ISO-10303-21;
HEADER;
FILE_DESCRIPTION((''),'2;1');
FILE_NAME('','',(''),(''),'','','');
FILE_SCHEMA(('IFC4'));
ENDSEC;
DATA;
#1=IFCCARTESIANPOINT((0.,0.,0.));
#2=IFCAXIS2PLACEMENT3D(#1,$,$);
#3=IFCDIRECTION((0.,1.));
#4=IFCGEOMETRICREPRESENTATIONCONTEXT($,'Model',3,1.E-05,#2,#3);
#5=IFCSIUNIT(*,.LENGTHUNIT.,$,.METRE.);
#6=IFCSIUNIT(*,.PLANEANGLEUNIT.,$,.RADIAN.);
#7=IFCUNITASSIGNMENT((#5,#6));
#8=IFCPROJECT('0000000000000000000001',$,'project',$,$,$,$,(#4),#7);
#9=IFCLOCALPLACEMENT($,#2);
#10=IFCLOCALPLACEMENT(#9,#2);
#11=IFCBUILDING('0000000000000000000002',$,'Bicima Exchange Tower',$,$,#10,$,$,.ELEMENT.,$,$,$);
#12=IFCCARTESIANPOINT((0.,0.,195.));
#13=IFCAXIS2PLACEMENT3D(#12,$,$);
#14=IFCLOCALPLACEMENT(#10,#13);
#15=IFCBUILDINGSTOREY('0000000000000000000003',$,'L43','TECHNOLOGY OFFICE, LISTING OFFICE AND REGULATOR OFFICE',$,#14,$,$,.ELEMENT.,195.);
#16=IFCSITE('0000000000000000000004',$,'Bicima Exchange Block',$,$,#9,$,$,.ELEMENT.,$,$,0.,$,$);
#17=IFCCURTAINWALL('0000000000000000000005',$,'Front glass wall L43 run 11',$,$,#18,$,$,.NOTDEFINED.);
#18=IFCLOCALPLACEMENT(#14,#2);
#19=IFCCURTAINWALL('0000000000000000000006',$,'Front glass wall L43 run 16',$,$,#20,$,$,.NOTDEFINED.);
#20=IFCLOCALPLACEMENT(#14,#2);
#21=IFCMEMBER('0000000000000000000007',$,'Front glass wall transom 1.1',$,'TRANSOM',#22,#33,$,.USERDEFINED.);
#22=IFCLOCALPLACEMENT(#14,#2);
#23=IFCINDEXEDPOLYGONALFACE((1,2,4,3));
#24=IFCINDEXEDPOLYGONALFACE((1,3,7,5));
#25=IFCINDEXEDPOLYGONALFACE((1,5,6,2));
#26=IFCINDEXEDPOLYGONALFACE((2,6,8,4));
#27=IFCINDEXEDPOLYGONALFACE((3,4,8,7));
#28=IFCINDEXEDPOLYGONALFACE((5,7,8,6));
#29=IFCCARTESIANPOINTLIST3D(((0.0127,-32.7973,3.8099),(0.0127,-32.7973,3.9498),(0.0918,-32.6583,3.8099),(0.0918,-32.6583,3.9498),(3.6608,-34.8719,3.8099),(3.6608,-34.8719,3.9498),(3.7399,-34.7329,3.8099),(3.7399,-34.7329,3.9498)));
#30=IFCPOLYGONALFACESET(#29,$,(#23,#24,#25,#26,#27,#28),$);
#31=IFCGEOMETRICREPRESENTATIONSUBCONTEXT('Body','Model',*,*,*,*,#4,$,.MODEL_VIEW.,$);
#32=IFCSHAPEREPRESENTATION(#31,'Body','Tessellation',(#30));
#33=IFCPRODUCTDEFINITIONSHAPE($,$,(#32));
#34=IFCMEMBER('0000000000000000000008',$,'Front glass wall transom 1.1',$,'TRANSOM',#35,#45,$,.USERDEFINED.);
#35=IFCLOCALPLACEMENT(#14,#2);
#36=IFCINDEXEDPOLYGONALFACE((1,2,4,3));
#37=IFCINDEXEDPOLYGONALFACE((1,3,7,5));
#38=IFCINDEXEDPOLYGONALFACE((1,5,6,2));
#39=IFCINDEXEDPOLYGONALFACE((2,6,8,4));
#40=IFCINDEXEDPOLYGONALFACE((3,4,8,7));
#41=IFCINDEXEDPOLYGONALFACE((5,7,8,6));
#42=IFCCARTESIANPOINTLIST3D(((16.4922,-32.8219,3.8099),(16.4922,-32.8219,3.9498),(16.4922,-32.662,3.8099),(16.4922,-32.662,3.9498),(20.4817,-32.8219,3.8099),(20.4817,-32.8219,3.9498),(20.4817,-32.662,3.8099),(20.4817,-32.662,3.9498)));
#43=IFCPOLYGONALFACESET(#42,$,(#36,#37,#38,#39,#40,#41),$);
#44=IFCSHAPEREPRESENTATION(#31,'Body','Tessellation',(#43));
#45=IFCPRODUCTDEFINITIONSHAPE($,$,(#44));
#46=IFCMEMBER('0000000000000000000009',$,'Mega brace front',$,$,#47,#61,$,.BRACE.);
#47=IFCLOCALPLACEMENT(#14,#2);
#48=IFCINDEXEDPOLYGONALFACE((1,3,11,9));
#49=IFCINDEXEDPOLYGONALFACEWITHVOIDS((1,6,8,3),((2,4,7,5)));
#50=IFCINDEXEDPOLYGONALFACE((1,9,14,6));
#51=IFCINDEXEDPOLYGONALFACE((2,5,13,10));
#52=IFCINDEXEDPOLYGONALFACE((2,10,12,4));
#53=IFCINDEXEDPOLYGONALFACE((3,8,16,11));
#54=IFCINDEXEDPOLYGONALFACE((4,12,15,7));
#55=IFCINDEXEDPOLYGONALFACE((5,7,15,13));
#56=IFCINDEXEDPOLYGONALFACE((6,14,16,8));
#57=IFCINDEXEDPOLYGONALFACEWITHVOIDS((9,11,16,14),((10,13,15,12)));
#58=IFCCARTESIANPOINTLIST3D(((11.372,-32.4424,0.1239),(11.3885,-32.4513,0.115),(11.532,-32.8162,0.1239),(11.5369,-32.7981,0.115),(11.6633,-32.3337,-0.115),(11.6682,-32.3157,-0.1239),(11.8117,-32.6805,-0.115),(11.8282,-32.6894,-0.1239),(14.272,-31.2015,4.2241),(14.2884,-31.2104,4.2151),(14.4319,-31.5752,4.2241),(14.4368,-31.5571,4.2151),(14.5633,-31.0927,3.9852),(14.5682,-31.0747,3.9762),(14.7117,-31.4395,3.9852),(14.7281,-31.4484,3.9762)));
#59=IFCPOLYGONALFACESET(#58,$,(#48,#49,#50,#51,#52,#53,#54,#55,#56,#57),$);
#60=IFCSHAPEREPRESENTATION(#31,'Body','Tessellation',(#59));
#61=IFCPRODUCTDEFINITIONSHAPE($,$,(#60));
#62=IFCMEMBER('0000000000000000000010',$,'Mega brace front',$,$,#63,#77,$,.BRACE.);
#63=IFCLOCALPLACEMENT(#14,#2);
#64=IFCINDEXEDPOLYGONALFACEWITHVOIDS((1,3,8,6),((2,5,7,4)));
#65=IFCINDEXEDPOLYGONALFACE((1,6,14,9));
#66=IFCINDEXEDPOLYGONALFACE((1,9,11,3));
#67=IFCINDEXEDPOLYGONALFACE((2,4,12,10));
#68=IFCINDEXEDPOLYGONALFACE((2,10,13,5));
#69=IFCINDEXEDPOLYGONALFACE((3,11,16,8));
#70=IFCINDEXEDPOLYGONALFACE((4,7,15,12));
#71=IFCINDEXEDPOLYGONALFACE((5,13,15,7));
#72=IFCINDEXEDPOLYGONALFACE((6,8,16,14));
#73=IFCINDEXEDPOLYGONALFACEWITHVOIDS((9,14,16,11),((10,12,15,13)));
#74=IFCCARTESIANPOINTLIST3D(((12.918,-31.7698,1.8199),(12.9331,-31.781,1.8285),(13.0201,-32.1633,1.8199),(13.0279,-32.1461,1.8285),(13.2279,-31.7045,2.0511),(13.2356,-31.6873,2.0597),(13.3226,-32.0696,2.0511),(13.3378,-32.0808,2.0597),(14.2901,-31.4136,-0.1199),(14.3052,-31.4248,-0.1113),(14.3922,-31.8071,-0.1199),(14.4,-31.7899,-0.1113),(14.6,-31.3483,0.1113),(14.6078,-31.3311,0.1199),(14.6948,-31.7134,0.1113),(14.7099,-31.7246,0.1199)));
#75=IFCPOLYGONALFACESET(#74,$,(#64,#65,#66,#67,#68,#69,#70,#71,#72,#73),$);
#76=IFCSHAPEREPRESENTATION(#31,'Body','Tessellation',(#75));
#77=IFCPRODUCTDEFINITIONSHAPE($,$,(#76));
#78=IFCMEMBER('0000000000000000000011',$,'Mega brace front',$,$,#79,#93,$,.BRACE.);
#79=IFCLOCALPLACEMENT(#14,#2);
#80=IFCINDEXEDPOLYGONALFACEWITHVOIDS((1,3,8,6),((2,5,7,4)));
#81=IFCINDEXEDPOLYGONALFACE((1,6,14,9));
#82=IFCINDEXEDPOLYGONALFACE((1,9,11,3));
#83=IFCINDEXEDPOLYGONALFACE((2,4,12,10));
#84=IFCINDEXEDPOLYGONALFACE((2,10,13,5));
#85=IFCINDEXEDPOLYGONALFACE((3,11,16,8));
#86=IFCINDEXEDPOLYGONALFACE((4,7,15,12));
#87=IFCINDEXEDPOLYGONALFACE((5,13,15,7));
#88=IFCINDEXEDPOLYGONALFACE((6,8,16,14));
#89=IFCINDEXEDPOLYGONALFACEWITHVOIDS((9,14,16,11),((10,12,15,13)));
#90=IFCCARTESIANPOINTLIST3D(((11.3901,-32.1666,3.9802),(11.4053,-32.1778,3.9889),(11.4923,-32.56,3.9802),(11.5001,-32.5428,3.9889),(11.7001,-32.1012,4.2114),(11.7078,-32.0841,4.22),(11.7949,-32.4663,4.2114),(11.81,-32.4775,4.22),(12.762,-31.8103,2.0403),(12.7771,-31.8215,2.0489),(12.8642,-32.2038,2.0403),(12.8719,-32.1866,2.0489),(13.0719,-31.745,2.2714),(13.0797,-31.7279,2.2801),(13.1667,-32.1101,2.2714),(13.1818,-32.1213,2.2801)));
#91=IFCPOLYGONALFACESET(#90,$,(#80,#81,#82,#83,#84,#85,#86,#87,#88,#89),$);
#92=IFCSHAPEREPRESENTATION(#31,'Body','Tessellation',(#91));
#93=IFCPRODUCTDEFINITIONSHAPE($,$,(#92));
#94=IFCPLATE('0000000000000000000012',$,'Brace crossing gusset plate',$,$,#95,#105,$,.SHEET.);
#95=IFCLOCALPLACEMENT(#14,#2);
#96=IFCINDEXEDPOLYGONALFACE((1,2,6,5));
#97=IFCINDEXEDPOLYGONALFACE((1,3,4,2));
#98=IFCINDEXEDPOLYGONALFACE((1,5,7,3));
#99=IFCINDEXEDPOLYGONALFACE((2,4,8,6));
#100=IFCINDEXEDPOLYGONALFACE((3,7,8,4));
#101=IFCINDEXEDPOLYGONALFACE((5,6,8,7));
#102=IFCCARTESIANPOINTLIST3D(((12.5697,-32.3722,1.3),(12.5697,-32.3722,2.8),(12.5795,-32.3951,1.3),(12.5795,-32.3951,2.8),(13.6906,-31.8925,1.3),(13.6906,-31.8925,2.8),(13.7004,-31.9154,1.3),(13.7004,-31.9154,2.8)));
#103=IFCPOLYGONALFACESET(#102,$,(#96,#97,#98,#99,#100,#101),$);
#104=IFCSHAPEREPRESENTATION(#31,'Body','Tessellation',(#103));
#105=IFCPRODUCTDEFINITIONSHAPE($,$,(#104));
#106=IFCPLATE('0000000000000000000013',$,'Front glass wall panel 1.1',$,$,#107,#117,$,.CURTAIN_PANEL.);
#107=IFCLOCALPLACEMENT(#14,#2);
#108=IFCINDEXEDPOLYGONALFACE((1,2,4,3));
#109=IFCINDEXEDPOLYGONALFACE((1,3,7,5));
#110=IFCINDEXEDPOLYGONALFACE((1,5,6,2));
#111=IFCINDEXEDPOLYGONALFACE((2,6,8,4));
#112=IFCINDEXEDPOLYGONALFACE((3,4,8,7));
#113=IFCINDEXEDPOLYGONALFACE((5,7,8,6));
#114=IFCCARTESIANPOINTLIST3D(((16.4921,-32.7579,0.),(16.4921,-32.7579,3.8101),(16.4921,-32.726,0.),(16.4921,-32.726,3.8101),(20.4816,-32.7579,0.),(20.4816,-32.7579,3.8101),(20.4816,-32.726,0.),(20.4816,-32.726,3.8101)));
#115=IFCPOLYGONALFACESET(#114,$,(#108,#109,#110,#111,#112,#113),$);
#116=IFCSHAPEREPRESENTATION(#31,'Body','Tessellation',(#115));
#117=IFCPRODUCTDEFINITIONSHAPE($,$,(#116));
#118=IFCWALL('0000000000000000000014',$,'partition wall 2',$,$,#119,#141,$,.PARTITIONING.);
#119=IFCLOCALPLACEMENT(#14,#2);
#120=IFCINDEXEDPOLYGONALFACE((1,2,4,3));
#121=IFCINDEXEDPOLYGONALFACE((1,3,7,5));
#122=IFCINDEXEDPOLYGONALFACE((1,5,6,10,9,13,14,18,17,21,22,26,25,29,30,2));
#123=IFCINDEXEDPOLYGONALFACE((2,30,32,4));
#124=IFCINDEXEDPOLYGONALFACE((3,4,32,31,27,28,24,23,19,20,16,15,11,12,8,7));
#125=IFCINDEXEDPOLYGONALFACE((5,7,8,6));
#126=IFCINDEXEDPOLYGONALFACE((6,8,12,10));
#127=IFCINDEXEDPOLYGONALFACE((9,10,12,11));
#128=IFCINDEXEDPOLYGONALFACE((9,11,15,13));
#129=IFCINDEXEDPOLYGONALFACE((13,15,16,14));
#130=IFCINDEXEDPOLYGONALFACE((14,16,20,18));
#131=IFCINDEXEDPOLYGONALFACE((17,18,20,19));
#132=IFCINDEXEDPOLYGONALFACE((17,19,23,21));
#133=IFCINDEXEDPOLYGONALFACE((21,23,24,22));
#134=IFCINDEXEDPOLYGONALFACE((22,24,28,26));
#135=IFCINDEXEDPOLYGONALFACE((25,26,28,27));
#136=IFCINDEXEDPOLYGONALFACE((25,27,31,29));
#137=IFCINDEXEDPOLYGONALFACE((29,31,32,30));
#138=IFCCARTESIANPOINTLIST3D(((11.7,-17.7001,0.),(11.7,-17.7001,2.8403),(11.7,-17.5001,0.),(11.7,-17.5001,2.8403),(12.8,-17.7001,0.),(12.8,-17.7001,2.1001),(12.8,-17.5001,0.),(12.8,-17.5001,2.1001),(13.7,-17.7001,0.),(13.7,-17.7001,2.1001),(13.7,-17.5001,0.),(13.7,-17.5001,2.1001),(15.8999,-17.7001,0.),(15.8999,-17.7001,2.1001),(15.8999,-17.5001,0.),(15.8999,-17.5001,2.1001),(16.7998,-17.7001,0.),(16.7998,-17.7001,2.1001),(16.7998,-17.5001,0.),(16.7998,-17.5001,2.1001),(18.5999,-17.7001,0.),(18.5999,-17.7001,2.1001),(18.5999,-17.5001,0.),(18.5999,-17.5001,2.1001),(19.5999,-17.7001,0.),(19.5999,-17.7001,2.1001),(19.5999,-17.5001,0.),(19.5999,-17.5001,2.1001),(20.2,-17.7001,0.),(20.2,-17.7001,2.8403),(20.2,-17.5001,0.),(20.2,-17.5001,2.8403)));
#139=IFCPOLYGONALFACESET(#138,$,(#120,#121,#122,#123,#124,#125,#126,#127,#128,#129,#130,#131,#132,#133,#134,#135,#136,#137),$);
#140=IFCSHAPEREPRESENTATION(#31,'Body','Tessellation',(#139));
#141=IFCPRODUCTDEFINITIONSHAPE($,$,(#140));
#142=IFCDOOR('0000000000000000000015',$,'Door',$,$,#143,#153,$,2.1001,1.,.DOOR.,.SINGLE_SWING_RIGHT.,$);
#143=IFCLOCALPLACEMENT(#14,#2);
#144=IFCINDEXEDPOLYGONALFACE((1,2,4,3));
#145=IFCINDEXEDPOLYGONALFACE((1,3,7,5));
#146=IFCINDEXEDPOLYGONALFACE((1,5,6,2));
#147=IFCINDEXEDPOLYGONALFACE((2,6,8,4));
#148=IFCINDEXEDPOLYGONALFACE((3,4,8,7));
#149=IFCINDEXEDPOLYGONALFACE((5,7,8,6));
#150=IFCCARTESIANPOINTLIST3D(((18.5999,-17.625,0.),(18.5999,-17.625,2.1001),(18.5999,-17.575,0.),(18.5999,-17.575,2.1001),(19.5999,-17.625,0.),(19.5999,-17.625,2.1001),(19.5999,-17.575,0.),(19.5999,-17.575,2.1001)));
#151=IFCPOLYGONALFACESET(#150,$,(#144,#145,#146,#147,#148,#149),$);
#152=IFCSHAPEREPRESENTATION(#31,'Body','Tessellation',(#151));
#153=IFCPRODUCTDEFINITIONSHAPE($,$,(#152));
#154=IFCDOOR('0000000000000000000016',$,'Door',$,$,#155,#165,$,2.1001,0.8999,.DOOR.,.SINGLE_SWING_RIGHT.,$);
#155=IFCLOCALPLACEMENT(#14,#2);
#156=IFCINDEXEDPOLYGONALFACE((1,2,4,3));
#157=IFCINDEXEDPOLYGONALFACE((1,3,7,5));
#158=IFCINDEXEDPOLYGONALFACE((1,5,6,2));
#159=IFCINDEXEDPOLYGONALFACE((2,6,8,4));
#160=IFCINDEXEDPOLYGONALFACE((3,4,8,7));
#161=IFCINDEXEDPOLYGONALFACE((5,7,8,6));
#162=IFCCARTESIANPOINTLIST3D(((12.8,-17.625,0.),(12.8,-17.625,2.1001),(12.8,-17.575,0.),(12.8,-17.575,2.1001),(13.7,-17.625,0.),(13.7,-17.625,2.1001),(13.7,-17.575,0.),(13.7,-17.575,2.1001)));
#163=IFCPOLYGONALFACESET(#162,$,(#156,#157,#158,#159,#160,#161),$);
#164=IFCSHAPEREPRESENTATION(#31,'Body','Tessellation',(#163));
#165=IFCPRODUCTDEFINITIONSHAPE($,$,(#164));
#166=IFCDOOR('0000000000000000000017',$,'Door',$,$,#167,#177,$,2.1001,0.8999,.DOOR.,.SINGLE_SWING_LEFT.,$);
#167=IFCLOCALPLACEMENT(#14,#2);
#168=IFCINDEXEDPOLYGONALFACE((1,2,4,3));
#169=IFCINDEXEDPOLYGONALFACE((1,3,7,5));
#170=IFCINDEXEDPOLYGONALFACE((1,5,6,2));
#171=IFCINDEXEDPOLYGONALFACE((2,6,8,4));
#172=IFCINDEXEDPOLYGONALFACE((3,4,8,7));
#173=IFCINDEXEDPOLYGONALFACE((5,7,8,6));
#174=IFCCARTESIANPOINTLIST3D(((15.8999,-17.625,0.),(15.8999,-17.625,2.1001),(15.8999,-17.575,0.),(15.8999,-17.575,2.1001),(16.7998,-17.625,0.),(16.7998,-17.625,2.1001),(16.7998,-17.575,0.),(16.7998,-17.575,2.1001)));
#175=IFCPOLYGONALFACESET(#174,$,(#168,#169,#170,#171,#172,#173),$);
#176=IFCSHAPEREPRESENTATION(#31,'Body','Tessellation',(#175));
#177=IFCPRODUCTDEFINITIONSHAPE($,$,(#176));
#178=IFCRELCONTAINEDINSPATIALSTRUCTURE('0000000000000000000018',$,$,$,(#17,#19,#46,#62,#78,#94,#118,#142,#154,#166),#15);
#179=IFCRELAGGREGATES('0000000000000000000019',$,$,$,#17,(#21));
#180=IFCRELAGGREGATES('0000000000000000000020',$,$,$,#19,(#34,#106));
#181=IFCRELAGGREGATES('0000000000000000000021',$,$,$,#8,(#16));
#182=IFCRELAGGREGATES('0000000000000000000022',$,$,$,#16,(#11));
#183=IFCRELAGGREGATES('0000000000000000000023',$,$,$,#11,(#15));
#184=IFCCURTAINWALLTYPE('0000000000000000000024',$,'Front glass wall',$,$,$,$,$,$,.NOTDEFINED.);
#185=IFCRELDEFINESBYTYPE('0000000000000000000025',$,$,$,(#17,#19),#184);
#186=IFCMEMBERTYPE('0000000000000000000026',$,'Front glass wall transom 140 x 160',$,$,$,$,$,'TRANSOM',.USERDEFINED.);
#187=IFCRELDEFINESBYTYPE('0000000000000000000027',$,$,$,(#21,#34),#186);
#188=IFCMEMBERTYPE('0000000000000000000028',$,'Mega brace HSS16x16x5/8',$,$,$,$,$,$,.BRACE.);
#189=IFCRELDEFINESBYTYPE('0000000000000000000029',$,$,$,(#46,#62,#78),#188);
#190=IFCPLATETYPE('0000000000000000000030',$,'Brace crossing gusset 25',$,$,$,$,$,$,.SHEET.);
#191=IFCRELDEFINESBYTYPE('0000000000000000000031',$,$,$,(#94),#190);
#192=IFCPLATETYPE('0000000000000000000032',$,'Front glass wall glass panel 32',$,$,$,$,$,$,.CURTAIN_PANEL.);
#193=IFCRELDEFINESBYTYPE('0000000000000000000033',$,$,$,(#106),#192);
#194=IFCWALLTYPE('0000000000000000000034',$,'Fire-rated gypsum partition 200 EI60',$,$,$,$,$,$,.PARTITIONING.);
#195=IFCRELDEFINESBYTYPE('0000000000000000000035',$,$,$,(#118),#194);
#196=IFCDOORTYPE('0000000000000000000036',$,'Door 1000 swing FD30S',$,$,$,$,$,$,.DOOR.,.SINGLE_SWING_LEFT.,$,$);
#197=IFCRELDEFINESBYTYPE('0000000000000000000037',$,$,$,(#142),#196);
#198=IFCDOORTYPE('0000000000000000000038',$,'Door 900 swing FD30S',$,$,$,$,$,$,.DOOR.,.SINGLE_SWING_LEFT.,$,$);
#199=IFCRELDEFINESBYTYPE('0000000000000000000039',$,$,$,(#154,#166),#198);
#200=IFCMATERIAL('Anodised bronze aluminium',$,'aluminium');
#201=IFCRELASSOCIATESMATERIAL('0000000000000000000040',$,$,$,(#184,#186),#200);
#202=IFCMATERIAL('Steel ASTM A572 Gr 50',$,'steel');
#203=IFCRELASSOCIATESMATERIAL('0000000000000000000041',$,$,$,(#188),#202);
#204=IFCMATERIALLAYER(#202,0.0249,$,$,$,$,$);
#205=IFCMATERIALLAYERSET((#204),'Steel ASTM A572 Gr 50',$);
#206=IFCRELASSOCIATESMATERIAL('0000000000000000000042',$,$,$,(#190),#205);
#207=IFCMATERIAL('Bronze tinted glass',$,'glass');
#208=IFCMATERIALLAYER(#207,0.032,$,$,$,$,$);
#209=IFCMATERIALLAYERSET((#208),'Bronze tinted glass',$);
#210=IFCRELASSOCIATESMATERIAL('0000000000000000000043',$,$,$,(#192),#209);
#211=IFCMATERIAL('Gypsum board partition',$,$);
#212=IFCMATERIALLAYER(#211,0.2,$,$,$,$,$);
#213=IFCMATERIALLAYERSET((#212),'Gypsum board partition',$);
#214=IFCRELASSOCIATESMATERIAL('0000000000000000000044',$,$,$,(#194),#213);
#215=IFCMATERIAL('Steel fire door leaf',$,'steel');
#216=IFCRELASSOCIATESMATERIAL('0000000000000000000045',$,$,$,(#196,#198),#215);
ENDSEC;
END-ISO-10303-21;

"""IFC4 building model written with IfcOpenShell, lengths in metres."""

from ifc_helpers import new_model, si_unit, direction, frame, frame_2d, origin, origin_2d, place, context, subcontext, project, spatial, rectangle, hollow_rectangle, extrude, material, layer, layer_set, material_profile, profile_set, type_object, element, fill, aggregate, save


model = new_model("IFC4")

# Units and contexts
model_context = context("Model", 3, precision=1e-05, world=origin(), true_north=direction((0.0, 1.0)))
body_context = subcontext(model_context, "Body", "Model", "MODEL_VIEW")
ifc_project = project(units=[si_unit("LENGTHUNIT", "METRE"), si_unit("PLANEANGLEUNIT", "RADIAN")], contexts=[model_context])

# Site, building, storey
site_placement = place(None, origin())
site = spatial("IfcSite", under=ifc_project, at=site_placement, Name="Bicima Exchange Block", CompositionType="ELEMENT", RefElevation=0.0)
building_placement = place(site_placement, origin())
building = spatial("IfcBuilding", under=site, at=building_placement, Name="Bicima Exchange Tower", CompositionType="ELEMENT")
storey_placement = place(building_placement, frame((0.0, 0.0, 195.0)))
storey = spatial("IfcBuildingStorey", under=building, at=storey_placement, Name="L43", Description="TECHNOLOGY OFFICE, LISTING OFFICE AND REGULATOR OFFICE", CompositionType="ELEMENT", Elevation=195.0)

# Curtain wall
ifc_material_1 = material(Name="Anodised bronze aluminium", Category="aluminium")
curtain_wall_type = type_object("IfcCurtainWallType", Name="Front glass wall", PredefinedType="NOTDEFINED", material=ifc_material_1)
curtain_wall_1_placement = place(storey_placement, origin())
curtain_wall_1 = element("IfcCurtainWall", 1, at=curtain_wall_1_placement, inside=storey, type_object=curtain_wall_type, Name="Front glass wall L43 run 11", PredefinedType="NOTDEFINED")

# Curtain wall
curtain_wall_2_placement = place(storey_placement, origin())
curtain_wall_2 = element("IfcCurtainWall", 2, at=curtain_wall_2_placement, inside=storey, type_object=curtain_wall_type, Name="Front glass wall L43 run 16", PredefinedType="NOTDEFINED")

# Members
ifc_material_profile_1 = material_profile(ifc_material_1, rectangle(XDim=0.1599, YDim=0.1399, at=origin_2d()))
ifc_profile_set_1 = profile_set([ifc_material_profile_1], Name="Anodised bronze aluminium")
member_type_1 = type_object("IfcMemberType", Name="Front glass wall transom 140 x 160", ElementType="TRANSOM", PredefinedType="USERDEFINED", material=ifc_profile_set_1)
member_1_placement = place(storey_placement, frame((0.0522, -32.7278, 3.8799), z_axis=(0.869265, -0.494346, 0.0), x_axis=(0.494346, 0.869265, 0.0)))
member_1 = element("IfcMember", 3, at=member_1_placement, type_object=member_type_1, Name="Front glass wall transom 1.1", ObjectType="TRANSOM", PredefinedType="USERDEFINED", context=body_context, shape_type="SweptSolid", body=[
    extrude(rectangle(XDim=0.1599, YDim=0.1399, at=origin_2d()), origin(), (0.0, 0.0, 1.0), 4.1968),
])
aggregate(curtain_wall_1, [member_1])
member_2_placement = place(storey_placement, frame((16.4922, -32.7419, 3.8799), z_axis=(1.0, 0.0, 0.0), x_axis=(0.0, 1.0, 0.0)))
member_2 = element("IfcMember", 4, at=member_2_placement, type_object=member_type_1, Name="Front glass wall transom 1.1", ObjectType="TRANSOM", PredefinedType="USERDEFINED", context=body_context, shape_type="SweptSolid", body=[
    extrude(rectangle(XDim=0.1599, YDim=0.1399, at=origin_2d()), origin(), (0.0, 0.0, 1.0), 3.9895),
])

# Members
ifc_material_2 = material(Name="Steel ASTM A572 Gr 50", Category="steel")
ifc_material_profile_2 = material_profile(ifc_material_2, hollow_rectangle(XDim=0.4065, YDim=0.4065, WallThickness=0.0146, at=origin_2d()))
ifc_profile_set_2 = profile_set([ifc_material_profile_2], Name="Steel ASTM A572 Gr 50")
member_type_2 = type_object("IfcMemberType", Name="Mega brace HSS16x16x5/8", PredefinedType="BRACE", material=ifc_profile_set_2)
member_3_placement = place(storey_placement, frame((11.6001, -32.5659, 0.0), z_axis=(0.560581, 0.239892, 0.792591), x_axis=(-0.393424, 0.919357, 0.0)))
element("IfcMember", 5, at=member_3_placement, inside=storey, type_object=member_type_2, Name="Mega brace front", PredefinedType="BRACE", context=body_context, shape_type="SweptSolid", body=[
    extrude(hollow_rectangle(XDim=0.4065, YDim=0.4065, WallThickness=0.0146, at=origin_2d()), origin(), (0.0, 0.0, 1.0), 5.1731),
])
for number, where, z_axis, x_axis, name in (
    (6, (14.5, -31.5691, 0.0), (-0.571107, -0.148264, 0.807375), (0.251279, -0.967915, 0.0), "Mega brace front"),
    (7, (12.9719, -31.9658, 2.1602), (-0.570992, -0.148261, 0.807457), (0.251321, -0.967904, 0.0), "Mega brace front"),
):
    element("IfcMember", number, at=place(storey_placement, frame(where, z_axis=z_axis, x_axis=x_axis)), inside=storey, type_object=member_type_2, Name=name, PredefinedType="BRACE", context=body_context, shape_type="SweptSolid", body=[
        extrude(hollow_rectangle(XDim=0.4065, YDim=0.4065, WallThickness=0.0146, at=origin_2d()), origin(), (0.0, 0.0, 1.0), 2.4026),
    ])

# Plates
ifc_layer_1 = layer(ifc_material_2, 0.0249)
ifc_layer_set_1 = layer_set([ifc_layer_1], Name="Steel ASTM A572 Gr 50")
plate_type_1 = type_object("IfcPlateType", Name="Brace crossing gusset 25", PredefinedType="SHEET", material=ifc_layer_set_1)
plate_1_placement = place(storey_placement, frame((13.135, -32.1438, 1.3), z_axis=(0.0, 0.0, 1.0), x_axis=(0.919355, 0.393429, 0.0)))
element("IfcPlate", 8, at=plate_1_placement, inside=storey, type_object=plate_type_1, Name="Brace crossing gusset plate", PredefinedType="SHEET", context=body_context, shape_type="SweptSolid", body=[
    extrude(rectangle(XDim=1.2192, YDim=0.0249, at=origin_2d()), origin(), (0.0, 0.0, 1.0), 1.5),
])
ifc_material_3 = material(Name="Bronze tinted glass", Category="glass")
ifc_layer_2 = layer(ifc_material_3, 0.032)
ifc_layer_set_2 = layer_set([ifc_layer_2], Name="Bronze tinted glass")
plate_type_2 = type_object("IfcPlateType", Name="Front glass wall glass panel 32", PredefinedType="CURTAIN_PANEL", material=ifc_layer_set_2)
plate_2_placement = place(storey_placement, frame((18.4868, -32.7419, 0.0), z_axis=(0.0, 0.0, 1.0), x_axis=(1.0, 0.0, 0.0)))
plate_2 = element("IfcPlate", 9, at=plate_2_placement, type_object=plate_type_2, Name="Front glass wall panel 1.1", PredefinedType="CURTAIN_PANEL", context=body_context, shape_type="SweptSolid", body=[
    extrude(rectangle(XDim=3.9895, YDim=0.032, at=origin_2d()), origin(), (0.0, 0.0, 1.0), 3.8101),
])
aggregate(curtain_wall_2, [member_2, plate_2])

# Wall, openings, doors
ifc_material_4 = material(Name="Gypsum board partition")
ifc_layer_3 = layer(ifc_material_4, 0.2)
ifc_layer_set_3 = layer_set([ifc_layer_3], Name="Gypsum board partition")
wall_type_1 = type_object("IfcWallType", Name="Fire-rated gypsum partition 200 EI60", PredefinedType="PARTITIONING", material=ifc_layer_set_3)
wall_1_placement = place(storey_placement, frame((11.7, -17.6001, 0.0), z_axis=(0.0, 0.0, 1.0), x_axis=(1.0, 0.0, 0.0)))
wall_1 = element("IfcWall", 10, at=wall_1_placement, inside=storey, type_object=wall_type_1, Name="partition wall 2", PredefinedType="PARTITIONING", context=body_context, shape_type="SweptSolid", body=[
    extrude(rectangle(XDim=8.5, YDim=0.2, at=frame_2d((4.25, 0.0))), origin(), (0.0, 0.0, 1.0), 2.8403),
])
opening_1_placement = place(wall_1_placement, frame((1.1001, 0.0, 0.0)))
opening_1 = element("IfcOpeningElement", 11, at=opening_1_placement, cuts=wall_1, PredefinedType="OPENING", context=body_context, shape_type="SweptSolid", body=[
    extrude(rectangle(XDim=0.8999, YDim=2.1001, at=frame_2d((0.45, 1.05))), frame((0.0, 0.1118, 0.0), z_axis=(0.0, -1.0, 0.0), x_axis=(1.0, 0.0, 0.0)), (0.0, 0.0, 1.0), 0.2239),
])
opening_2_placement = place(wall_1_placement, frame((4.2, 0.0, 0.0)))
opening_2 = element("IfcOpeningElement", 12, at=opening_2_placement, cuts=wall_1, PredefinedType="OPENING", context=body_context, shape_type="SweptSolid", body=[
    extrude(rectangle(XDim=0.8999, YDim=2.1001, at=frame_2d((0.45, 1.05))), frame((0.0, 0.1118, 0.0), z_axis=(0.0, -1.0, 0.0), x_axis=(1.0, 0.0, 0.0)), (0.0, 0.0, 1.0), 0.2239),
])
opening_3_placement = place(wall_1_placement, frame((6.8999, 0.0, 0.0)))
opening_3 = element("IfcOpeningElement", 13, at=opening_3_placement, cuts=wall_1, PredefinedType="OPENING", context=body_context, shape_type="SweptSolid", body=[
    extrude(rectangle(XDim=1.0, YDim=2.1001, at=frame_2d((0.5, 1.05))), frame((0.0, 0.1118, 0.0), z_axis=(0.0, -1.0, 0.0), x_axis=(1.0, 0.0, 0.0)), (0.0, 0.0, 1.0), 0.2239),
])
ifc_material_5 = material(Name="Steel fire door leaf", Category="steel")
door_type_1 = type_object("IfcDoorType", Name="Door 1000 swing FD30S", OperationType="SINGLE_SWING_LEFT", PredefinedType="DOOR", material=ifc_material_5)
door_1_placement = place(opening_3_placement, frame((1.0, 0.0, 0.0), z_axis=(0.0, 0.0, 1.0), x_axis=(-1.0, 0.0, 0.0)))
door_1 = element("IfcDoor", 14, at=door_1_placement, inside=storey, type_object=door_type_1, Name="Door", OperationType="SINGLE_SWING_RIGHT", OverallHeight=2.1001, OverallWidth=1.0, PredefinedType="DOOR", context=body_context, shape_type="SweptSolid", body=[
    extrude(rectangle(XDim=1.0, YDim=2.1001, at=frame_2d((0.5, 1.05))), frame((0.0, 0.0249, 0.0), z_axis=(0.0, -1.0, 0.0), x_axis=(1.0, 0.0, 0.0)), (0.0, 0.0, 1.0), 0.05),
])
fill(opening_3, door_1)
door_type_2 = type_object("IfcDoorType", Name="Door 900 swing FD30S", OperationType="SINGLE_SWING_LEFT", PredefinedType="DOOR", material=ifc_material_5)
door_2_placement = place(opening_1_placement, frame((0.8999, 0.0, 0.0), z_axis=(0.0, 0.0, 1.0), x_axis=(-1.0, 0.0, 0.0)))
door_2 = element("IfcDoor", 15, at=door_2_placement, inside=storey, type_object=door_type_2, Name="Door", OperationType="SINGLE_SWING_RIGHT", OverallHeight=2.1001, OverallWidth=0.8999, PredefinedType="DOOR", context=body_context, shape_type="SweptSolid", body=[
    extrude(rectangle(XDim=0.8999, YDim=2.1001, at=frame_2d((0.45, 1.05))), frame((0.0, 0.0249, 0.0), z_axis=(0.0, -1.0, 0.0), x_axis=(1.0, 0.0, 0.0)), (0.0, 0.0, 1.0), 0.05),
])
fill(opening_1, door_2)
door_3_placement = place(opening_2_placement, frame((0.8999, 0.0, 0.0), z_axis=(0.0, 0.0, 1.0), x_axis=(-1.0, 0.0, 0.0)))
door_3 = element("IfcDoor", 16, at=door_3_placement, inside=storey, type_object=door_type_2, Name="Door", OperationType="SINGLE_SWING_LEFT", OverallHeight=2.1001, OverallWidth=0.8999, PredefinedType="DOOR", context=body_context, shape_type="SweptSolid", body=[
    extrude(rectangle(XDim=0.8999, YDim=2.1001, at=frame_2d((0.45, 1.05))), frame((0.0, 0.0249, 0.0), z_axis=(0.0, -1.0, 0.0), x_axis=(1.0, 0.0, 0.0)), (0.0, 0.0, 1.0), 0.05),
])
fill(opening_2, door_3)

save(model, "model.ifc")
